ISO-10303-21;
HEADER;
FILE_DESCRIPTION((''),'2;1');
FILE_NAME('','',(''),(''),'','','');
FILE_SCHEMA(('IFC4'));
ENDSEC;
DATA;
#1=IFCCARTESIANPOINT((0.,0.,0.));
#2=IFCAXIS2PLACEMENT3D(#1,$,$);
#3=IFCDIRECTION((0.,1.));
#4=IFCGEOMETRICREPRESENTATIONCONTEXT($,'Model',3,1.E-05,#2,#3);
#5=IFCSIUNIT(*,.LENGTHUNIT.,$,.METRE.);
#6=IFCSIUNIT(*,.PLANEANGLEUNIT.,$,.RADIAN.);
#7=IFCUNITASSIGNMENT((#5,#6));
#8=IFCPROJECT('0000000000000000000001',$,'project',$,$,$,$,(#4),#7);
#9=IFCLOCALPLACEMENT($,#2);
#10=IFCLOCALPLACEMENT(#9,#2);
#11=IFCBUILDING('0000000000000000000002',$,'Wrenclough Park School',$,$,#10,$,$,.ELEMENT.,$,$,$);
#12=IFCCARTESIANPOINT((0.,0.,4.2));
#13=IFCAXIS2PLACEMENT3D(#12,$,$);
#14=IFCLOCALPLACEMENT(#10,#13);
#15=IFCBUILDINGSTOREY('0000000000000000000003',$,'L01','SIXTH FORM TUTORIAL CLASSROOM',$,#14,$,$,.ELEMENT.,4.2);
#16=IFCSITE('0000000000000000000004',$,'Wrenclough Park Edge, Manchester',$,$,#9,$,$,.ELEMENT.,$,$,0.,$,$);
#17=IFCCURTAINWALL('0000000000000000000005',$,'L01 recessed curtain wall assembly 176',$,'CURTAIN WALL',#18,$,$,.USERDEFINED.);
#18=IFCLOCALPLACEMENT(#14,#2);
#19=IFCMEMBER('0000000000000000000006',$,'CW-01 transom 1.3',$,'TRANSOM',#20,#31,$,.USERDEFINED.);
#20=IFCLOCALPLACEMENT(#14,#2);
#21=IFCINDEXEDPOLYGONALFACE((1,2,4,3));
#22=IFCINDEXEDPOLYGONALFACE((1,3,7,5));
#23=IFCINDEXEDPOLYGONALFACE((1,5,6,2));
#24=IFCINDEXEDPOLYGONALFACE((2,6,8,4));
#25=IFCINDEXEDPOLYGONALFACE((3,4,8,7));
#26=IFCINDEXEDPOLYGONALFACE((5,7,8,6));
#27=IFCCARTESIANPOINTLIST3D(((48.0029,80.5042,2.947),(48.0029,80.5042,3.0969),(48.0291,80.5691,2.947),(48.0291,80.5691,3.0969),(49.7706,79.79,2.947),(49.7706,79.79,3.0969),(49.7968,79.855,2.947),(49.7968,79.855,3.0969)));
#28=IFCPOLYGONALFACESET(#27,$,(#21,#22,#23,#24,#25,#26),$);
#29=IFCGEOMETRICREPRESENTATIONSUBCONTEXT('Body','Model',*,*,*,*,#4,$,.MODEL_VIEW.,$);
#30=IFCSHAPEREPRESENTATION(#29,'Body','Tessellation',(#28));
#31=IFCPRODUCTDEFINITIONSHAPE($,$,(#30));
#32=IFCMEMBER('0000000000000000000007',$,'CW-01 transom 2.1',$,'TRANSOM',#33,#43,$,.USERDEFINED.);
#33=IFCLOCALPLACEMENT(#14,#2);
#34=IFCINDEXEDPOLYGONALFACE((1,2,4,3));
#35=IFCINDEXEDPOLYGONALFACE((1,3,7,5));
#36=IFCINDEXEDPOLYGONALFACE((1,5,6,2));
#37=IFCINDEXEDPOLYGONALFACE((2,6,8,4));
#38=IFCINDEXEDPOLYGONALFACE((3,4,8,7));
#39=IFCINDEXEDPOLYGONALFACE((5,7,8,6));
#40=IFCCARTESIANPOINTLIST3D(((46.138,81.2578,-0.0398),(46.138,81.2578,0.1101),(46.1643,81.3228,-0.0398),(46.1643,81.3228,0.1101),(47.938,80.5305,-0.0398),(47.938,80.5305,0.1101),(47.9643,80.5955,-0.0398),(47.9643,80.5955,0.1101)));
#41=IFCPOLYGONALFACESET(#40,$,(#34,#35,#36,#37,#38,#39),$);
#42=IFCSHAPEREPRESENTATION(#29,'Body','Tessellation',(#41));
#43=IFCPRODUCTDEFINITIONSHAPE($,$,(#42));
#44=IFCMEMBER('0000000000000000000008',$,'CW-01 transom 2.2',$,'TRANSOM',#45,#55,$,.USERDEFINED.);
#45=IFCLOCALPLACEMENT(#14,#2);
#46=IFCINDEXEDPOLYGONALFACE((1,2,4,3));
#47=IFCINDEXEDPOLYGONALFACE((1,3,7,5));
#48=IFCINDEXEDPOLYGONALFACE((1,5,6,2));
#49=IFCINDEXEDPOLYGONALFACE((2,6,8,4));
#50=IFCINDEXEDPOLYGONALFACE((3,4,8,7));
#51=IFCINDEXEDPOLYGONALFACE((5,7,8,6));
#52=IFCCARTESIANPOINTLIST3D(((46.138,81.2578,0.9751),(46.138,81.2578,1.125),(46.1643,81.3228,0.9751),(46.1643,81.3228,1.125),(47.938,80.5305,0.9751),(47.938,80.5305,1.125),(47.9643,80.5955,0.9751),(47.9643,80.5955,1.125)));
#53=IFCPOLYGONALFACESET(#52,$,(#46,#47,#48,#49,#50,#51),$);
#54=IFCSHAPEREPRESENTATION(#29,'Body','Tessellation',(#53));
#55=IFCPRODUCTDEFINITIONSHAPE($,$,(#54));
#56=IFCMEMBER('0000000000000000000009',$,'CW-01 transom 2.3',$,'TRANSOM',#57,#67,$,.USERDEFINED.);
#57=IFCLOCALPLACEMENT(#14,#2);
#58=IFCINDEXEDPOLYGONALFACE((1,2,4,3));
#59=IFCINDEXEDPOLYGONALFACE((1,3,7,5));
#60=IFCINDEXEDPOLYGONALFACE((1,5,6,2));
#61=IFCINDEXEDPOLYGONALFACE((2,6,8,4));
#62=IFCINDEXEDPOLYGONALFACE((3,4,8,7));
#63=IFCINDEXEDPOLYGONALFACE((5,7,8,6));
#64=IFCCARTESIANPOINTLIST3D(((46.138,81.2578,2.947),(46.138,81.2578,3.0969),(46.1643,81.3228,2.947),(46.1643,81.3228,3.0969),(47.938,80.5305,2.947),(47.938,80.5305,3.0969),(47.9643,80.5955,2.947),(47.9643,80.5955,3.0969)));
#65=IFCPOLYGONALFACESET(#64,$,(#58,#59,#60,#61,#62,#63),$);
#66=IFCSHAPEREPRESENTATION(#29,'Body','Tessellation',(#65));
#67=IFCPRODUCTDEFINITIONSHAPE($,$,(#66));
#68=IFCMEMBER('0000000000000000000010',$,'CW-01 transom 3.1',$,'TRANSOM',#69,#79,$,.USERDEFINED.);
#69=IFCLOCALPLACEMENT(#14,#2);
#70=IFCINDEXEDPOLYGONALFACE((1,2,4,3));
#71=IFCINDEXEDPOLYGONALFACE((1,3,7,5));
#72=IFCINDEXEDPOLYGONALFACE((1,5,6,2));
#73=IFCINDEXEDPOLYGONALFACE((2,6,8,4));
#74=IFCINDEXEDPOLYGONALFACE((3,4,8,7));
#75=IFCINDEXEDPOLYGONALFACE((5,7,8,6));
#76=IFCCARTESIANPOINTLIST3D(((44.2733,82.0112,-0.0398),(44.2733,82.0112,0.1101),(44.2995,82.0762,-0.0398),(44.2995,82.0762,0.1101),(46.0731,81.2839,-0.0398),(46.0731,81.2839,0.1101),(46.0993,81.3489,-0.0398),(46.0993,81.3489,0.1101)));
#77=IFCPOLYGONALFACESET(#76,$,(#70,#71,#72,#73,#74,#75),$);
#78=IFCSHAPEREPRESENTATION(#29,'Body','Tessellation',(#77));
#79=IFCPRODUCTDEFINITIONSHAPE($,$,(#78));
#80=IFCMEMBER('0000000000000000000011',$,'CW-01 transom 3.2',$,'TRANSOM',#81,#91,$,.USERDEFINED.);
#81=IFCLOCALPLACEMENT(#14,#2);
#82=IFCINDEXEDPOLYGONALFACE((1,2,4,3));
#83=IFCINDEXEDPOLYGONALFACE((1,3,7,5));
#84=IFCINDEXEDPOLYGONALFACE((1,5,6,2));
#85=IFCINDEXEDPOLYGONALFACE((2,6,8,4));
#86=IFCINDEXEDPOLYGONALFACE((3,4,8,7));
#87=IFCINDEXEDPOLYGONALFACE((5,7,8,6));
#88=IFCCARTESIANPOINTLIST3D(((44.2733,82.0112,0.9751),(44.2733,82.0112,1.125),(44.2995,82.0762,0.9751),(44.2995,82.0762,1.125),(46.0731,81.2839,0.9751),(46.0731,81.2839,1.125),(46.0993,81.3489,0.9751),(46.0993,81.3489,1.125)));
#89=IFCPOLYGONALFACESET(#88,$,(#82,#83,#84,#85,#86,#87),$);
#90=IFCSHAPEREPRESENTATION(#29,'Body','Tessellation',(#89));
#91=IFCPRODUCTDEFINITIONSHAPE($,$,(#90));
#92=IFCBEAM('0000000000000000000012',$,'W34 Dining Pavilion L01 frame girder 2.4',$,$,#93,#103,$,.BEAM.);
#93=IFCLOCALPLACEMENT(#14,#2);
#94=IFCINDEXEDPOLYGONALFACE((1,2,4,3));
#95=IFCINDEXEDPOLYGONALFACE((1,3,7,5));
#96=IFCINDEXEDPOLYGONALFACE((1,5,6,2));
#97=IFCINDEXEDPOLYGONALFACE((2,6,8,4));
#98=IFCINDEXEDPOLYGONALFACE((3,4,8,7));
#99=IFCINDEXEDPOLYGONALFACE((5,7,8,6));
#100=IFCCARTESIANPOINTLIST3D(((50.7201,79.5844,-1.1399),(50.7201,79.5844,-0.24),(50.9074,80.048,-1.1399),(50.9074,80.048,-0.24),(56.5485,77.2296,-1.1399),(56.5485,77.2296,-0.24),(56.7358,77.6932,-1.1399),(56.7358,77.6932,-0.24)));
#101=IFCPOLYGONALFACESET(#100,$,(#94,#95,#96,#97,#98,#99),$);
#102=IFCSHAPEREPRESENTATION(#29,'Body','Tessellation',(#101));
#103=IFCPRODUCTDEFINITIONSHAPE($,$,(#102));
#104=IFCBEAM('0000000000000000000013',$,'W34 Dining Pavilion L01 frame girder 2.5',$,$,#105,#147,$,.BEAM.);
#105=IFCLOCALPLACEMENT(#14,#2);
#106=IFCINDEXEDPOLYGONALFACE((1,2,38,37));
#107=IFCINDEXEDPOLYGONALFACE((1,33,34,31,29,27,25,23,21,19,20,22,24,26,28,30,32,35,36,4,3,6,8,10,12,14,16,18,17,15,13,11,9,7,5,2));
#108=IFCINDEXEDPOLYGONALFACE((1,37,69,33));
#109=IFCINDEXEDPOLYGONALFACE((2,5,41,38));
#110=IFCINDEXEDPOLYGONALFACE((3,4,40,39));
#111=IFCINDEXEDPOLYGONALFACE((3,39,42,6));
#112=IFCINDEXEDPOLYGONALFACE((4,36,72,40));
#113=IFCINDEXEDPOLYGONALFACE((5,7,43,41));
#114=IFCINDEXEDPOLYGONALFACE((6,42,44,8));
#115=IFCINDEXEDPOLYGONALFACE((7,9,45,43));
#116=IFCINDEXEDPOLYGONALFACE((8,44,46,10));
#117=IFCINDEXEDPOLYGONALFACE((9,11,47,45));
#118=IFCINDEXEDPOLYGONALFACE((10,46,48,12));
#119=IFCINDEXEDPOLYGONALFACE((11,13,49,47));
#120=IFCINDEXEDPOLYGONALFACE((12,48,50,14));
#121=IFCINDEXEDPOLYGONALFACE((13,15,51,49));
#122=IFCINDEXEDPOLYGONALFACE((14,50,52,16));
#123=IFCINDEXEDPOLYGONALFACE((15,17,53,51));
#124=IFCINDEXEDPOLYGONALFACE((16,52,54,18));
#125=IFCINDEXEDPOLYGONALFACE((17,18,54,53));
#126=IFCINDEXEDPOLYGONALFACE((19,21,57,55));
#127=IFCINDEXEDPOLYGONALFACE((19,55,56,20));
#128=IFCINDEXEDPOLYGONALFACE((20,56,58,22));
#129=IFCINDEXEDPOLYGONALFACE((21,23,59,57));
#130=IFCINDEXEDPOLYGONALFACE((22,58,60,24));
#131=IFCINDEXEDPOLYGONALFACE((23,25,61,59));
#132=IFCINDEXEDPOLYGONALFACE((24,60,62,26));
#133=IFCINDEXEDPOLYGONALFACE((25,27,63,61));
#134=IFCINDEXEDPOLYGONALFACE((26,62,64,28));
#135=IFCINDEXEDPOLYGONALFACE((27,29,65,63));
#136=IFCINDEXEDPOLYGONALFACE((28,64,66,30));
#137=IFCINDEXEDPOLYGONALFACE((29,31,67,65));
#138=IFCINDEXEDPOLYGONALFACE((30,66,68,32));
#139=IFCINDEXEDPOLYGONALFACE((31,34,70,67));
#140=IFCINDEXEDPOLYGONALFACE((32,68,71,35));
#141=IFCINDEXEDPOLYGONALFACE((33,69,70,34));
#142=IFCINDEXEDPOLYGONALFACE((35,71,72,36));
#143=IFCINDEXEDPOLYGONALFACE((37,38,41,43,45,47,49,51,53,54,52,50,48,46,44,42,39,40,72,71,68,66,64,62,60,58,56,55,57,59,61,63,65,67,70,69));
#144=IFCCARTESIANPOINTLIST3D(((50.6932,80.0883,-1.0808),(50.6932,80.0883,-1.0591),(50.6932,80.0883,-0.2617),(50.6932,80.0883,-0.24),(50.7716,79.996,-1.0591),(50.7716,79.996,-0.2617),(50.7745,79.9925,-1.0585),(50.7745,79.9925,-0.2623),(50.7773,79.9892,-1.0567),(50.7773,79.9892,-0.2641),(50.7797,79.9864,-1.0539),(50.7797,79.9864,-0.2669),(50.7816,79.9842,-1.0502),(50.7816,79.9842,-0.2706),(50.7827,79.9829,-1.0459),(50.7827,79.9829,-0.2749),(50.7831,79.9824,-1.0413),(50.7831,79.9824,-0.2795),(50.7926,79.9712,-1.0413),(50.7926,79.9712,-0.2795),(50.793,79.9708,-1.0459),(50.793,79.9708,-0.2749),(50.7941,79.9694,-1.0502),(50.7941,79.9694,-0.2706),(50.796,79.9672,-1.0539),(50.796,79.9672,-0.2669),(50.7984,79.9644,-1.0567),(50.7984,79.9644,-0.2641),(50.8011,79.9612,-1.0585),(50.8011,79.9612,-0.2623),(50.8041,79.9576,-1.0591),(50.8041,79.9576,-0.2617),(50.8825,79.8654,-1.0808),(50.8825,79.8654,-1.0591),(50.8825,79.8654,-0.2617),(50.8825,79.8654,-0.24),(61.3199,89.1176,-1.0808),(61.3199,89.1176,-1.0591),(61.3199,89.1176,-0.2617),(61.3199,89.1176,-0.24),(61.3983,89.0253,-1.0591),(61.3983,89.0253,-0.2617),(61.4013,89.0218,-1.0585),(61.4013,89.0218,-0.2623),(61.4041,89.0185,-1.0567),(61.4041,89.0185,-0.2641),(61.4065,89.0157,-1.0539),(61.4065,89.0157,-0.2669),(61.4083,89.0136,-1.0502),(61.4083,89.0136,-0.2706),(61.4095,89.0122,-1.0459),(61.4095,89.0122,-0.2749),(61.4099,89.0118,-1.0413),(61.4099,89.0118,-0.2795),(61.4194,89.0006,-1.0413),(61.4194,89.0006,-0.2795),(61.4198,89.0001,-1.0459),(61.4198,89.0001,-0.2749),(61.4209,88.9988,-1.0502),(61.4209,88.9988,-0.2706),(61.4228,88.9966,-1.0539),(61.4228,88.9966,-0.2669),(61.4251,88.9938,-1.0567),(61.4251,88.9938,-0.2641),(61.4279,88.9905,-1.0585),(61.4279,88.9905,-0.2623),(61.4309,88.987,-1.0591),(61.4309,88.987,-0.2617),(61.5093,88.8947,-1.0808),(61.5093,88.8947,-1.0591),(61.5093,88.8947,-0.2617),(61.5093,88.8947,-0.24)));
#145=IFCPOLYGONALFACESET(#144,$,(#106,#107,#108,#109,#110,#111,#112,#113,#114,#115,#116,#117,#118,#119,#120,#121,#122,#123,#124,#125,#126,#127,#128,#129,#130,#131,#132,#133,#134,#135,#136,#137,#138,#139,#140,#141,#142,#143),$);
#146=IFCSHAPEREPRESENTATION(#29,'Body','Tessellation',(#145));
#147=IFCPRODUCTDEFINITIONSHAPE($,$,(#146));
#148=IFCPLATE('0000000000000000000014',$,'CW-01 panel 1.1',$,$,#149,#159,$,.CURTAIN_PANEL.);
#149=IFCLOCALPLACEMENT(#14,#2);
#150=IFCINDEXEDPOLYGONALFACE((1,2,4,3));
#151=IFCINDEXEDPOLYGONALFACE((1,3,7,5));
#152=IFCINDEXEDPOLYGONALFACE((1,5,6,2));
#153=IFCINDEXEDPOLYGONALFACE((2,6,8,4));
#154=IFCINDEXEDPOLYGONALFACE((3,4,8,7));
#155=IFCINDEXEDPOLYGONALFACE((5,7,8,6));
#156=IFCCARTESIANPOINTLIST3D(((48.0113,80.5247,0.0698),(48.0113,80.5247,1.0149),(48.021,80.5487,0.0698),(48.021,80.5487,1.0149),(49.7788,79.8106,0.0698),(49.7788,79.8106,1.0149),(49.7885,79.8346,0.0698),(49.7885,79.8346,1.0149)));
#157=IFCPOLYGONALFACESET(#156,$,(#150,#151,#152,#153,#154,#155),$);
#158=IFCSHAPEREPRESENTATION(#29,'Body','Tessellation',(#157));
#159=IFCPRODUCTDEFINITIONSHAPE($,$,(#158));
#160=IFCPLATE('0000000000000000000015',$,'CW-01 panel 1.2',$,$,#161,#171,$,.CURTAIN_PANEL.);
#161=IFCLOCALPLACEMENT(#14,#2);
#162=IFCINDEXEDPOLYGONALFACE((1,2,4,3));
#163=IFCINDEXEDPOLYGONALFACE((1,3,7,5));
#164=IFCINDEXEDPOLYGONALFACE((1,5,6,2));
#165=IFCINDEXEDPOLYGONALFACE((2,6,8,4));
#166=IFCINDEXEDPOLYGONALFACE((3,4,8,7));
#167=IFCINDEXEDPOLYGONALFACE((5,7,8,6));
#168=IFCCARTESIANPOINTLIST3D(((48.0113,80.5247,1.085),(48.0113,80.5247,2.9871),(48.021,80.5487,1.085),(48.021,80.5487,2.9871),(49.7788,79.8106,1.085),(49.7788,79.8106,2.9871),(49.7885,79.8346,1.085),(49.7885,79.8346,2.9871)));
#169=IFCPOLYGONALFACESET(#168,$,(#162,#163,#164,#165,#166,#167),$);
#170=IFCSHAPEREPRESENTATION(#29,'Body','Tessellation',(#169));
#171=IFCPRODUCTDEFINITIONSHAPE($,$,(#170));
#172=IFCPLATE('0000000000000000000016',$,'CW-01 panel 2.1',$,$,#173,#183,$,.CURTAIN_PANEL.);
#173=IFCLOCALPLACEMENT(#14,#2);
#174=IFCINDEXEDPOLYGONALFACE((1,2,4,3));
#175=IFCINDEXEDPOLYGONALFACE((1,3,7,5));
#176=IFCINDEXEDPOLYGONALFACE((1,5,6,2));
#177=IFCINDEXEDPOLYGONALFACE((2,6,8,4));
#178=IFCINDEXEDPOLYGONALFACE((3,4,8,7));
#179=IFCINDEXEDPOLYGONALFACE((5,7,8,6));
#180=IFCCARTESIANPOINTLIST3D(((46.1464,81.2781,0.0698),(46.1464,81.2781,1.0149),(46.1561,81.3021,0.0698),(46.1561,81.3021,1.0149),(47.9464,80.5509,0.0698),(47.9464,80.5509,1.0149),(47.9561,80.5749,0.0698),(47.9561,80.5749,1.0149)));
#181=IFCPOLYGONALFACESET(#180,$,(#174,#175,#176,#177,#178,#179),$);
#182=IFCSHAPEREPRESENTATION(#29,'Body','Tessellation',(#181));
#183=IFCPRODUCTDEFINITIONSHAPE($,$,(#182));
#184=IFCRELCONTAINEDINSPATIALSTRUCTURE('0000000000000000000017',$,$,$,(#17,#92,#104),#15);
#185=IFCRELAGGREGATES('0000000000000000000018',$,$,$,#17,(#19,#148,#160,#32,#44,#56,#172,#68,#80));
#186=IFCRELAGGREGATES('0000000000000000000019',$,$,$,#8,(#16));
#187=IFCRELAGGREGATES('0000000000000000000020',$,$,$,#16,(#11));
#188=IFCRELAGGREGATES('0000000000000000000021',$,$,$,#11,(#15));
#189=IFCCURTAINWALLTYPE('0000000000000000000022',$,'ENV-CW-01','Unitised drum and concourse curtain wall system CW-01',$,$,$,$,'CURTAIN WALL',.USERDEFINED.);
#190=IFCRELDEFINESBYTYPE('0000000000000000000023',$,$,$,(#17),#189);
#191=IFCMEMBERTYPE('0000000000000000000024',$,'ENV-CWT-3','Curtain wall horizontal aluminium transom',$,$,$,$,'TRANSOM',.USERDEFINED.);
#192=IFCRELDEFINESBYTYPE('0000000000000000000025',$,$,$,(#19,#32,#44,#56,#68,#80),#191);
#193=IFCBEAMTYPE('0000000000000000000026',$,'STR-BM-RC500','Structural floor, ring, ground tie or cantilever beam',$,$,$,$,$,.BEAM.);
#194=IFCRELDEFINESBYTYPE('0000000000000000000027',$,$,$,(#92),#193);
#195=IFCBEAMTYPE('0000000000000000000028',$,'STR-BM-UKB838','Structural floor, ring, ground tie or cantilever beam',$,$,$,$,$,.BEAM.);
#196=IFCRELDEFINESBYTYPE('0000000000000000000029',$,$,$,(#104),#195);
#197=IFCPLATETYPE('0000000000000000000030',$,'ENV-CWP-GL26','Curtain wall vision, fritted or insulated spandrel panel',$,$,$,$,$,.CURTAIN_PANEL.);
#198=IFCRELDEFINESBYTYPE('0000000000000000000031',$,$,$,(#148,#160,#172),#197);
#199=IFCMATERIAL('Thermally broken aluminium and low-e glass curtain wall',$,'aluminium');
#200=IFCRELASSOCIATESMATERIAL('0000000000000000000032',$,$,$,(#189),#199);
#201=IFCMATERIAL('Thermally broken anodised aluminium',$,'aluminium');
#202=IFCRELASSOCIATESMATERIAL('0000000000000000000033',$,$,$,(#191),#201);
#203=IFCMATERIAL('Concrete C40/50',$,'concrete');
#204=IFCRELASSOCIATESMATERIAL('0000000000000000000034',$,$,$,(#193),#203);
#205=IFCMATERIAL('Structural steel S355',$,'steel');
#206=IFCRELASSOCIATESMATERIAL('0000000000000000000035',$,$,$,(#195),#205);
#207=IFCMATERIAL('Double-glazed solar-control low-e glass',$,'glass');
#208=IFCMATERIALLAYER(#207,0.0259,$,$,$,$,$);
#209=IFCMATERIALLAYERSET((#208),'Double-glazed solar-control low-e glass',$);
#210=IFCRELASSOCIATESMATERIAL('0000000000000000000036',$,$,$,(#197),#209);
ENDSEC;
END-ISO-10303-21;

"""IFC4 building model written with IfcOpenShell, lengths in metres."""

from ifc_helpers import new_model, si_unit, direction, frame, origin, origin_2d, place, context, subcontext, project, spatial, rectangle, i_section, extrude, material, layer, layer_set, material_profile, profile_set, type_object, element, aggregate, save


model = new_model("IFC4")

# Units and contexts
model_context = context("Model", 3, precision=1e-05, world=origin(), true_north=direction((0.0, 1.0)))
body_context = subcontext(model_context, "Body", "Model", "MODEL_VIEW")
ifc_project = project(units=[si_unit("LENGTHUNIT", "METRE"), si_unit("PLANEANGLEUNIT", "RADIAN")], contexts=[model_context])

# Site, building, storey
site_placement = place(None, origin())
site = spatial("IfcSite", under=ifc_project, at=site_placement, Name="Wrenclough Park Edge, Manchester", CompositionType="ELEMENT", RefElevation=0.0)
building_placement = place(site_placement, origin())
building = spatial("IfcBuilding", under=site, at=building_placement, Name="Wrenclough Park School", CompositionType="ELEMENT")
storey_placement = place(building_placement, frame((0.0, 0.0, 4.2)))
storey = spatial("IfcBuildingStorey", under=building, at=storey_placement, Name="L01", Description="SIXTH FORM TUTORIAL CLASSROOM", CompositionType="ELEMENT", Elevation=4.2)

# Shared definitions
ifc_material_1 = material(Name="Structural steel S355", Category="steel")

# Curtain wall
ifc_material_2 = material(Name="Thermally broken aluminium and low-e glass curtain wall", Category="aluminium")
ifc_material_3 = material(Name="Thermally broken anodised aluminium", Category="aluminium")
curtain_wall_type_1 = type_object("IfcCurtainWallType", Name="ENV-CW-01", Description="Unitised drum and concourse curtain wall system CW-01", ElementType="CURTAIN WALL", PredefinedType="USERDEFINED", material=ifc_material_2)
curtain_wall_1_placement = place(storey_placement, origin())
curtain_wall_1 = element("IfcCurtainWall", 1, at=curtain_wall_1_placement, inside=storey, type_object=curtain_wall_type_1, Name="L01 recessed curtain wall assembly 176", ObjectType="CURTAIN WALL", PredefinedType="USERDEFINED")

# Members
ifc_material_profile_1 = material_profile(ifc_material_3, rectangle(XDim=0.0701, YDim=0.1499, at=origin_2d()), Name="AL TRANSOM 70x150")
ifc_profile_set_1 = profile_set([ifc_material_profile_1], Name="Thermally broken anodised aluminium")
member_type_1 = type_object("IfcMemberType", Name="ENV-CWT-3", Description="Curtain wall horizontal aluminium transom", ElementType="TRANSOM", PredefinedType="USERDEFINED", material=ifc_profile_set_1)
member_1_placement = place(storey_placement, frame((49.7837, 79.8225, 3.022), z_axis=(-0.927191, 0.37459, 0.0), x_axis=(-0.37459, -0.927191, 0.0)))
member_1 = element("IfcMember", 2, at=member_1_placement, type_object=member_type_1, Name="CW-01 transom 1.3", ObjectType="TRANSOM", PredefinedType="USERDEFINED", context=body_context, shape_type="SweptSolid", body=[
    extrude(rectangle(XDim=0.0701, YDim=0.1499, at=origin_2d()), origin(), (0.0, 0.0, 1.0), 1.9065),
])
member_2_placement = place(storey_placement, frame((47.9512, 80.563, 0.0352), z_axis=(-0.927179, 0.374619, 0.0), x_axis=(-0.374619, -0.927179, 0.0)))
member_2 = element("IfcMember", 3, at=member_2_placement, type_object=member_type_1, Name="CW-01 transom 2.1", ObjectType="TRANSOM", PredefinedType="USERDEFINED", context=body_context, shape_type="SweptSolid", body=[
    extrude(rectangle(XDim=0.0701, YDim=0.1499, at=origin_2d()), origin(), (0.0, 0.0, 1.0), 1.9414),
])
member_3_placement = place(storey_placement, frame((47.9512, 80.563, 1.05), z_axis=(-0.927179, 0.374619, 0.0), x_axis=(-0.374619, -0.927179, 0.0)))
member_3 = element("IfcMember", 4, at=member_3_placement, type_object=member_type_1, Name="CW-01 transom 2.2", ObjectType="TRANSOM", PredefinedType="USERDEFINED", context=body_context, shape_type="SweptSolid", body=[
    extrude(rectangle(XDim=0.0701, YDim=0.1499, at=origin_2d()), origin(), (0.0, 0.0, 1.0), 1.9414),
])
member_4_placement = place(storey_placement, frame((47.9512, 80.563, 3.022), z_axis=(-0.927179, 0.374619, 0.0), x_axis=(-0.374619, -0.927179, 0.0)))
member_4 = element("IfcMember", 5, at=member_4_placement, type_object=member_type_1, Name="CW-01 transom 2.3", ObjectType="TRANSOM", PredefinedType="USERDEFINED", context=body_context, shape_type="SweptSolid", body=[
    extrude(rectangle(XDim=0.0701, YDim=0.1499, at=origin_2d()), origin(), (0.0, 0.0, 1.0), 1.9414),
])
member_5_placement = place(storey_placement, frame((46.0862, 81.3164, 0.0352), z_axis=(-0.927161, 0.374663, 0.0), x_axis=(-0.374663, -0.927161, 0.0)))
member_5 = element("IfcMember", 6, at=member_5_placement, type_object=member_type_1, Name="CW-01 transom 3.1", ObjectType="TRANSOM", PredefinedType="USERDEFINED", context=body_context, shape_type="SweptSolid", body=[
    extrude(rectangle(XDim=0.0701, YDim=0.1499, at=origin_2d()), origin(), (0.0, 0.0, 1.0), 1.9412),
])
member_6_placement = place(storey_placement, frame((46.0862, 81.3164, 1.05), z_axis=(-0.927161, 0.374663, 0.0), x_axis=(-0.374663, -0.927161, 0.0)))
member_6 = element("IfcMember", 7, at=member_6_placement, type_object=member_type_1, Name="CW-01 transom 3.2", ObjectType="TRANSOM", PredefinedType="USERDEFINED", context=body_context, shape_type="SweptSolid", body=[
    extrude(rectangle(XDim=0.0701, YDim=0.1499, at=origin_2d()), origin(), (0.0, 0.0, 1.0), 1.9412),
])

# Beams
ifc_material_4 = material(Name="Concrete C40/50", Category="concrete")
ifc_material_profile_2 = material_profile(ifc_material_4, rectangle(XDim=0.5, YDim=0.8999, at=origin_2d()), Name="RC BEAM 500x900")
ifc_profile_set_2 = profile_set([ifc_material_profile_2], Name="Concrete C40/50")
beam_type_1 = type_object("IfcBeamType", Name="STR-BM-RC500", Description="Structural floor, ring, ground tie or cantilever beam", PredefinedType="BEAM", material=ifc_profile_set_2)
beam_1_placement = place(storey_placement, frame((50.8137, 79.8162, -0.6899), z_axis=(0.927188, -0.374596, 0.0), x_axis=(0.374596, 0.927188, 0.0)))
element("IfcBeam", 8, at=beam_1_placement, inside=storey, type_object=beam_type_1, Name="W34 Dining Pavilion L01 frame girder 2.4", PredefinedType="BEAM", context=body_context, shape_type="SweptSolid", body=[
    extrude(rectangle(XDim=0.5, YDim=0.8999, at=origin_2d()), origin(), (0.0, 0.0, 1.0), 6.2861),
])
ifc_material_profile_3 = material_profile(ifc_material_1, i_section(OverallWidth=0.2925, OverallDepth=0.8408, WebThickness=0.0146, FlangeThickness=0.0217, FilletRadius=0.0178, at=origin_2d()), Name="UKB 838x292x194")
ifc_profile_set_3 = profile_set([ifc_material_profile_3], Name="Structural steel S355")
beam_type_2 = type_object("IfcBeamType", Name="STR-BM-UKB838", Description="Structural floor, ring, ground tie or cantilever beam", PredefinedType="BEAM", material=ifc_profile_set_3)
beam_2_placement = place(storey_placement, frame((50.7878, 79.9768, -0.6604), z_axis=(0.76206, 0.647507, 0.0), x_axis=(-0.647507, 0.76206, 0.0)))
element("IfcBeam", 9, at=beam_2_placement, inside=storey, type_object=beam_type_2, Name="W34 Dining Pavilion L01 frame girder 2.5", PredefinedType="BEAM", context=body_context, shape_type="SweptSolid", body=[
    extrude(i_section(OverallWidth=0.2925, OverallDepth=0.8408, WebThickness=0.0146, FlangeThickness=0.0217, FilletRadius=0.0178, at=origin_2d()), origin(), (0.0, 0.0, 1.0), 13.9448),
])

# Plates
ifc_material_5 = material(Name="Double-glazed solar-control low-e glass", Category="glass")
ifc_layer_1 = layer(ifc_material_5, 0.0259)
ifc_layer_set_1 = layer_set([ifc_layer_1], Name="Double-glazed solar-control low-e glass")
plate_type_1 = type_object("IfcPlateType", Name="ENV-CWP-GL26", Description="Curtain wall vision, fritted or insulated spandrel panel", PredefinedType="CURTAIN_PANEL", material=ifc_layer_set_1)
plate_1_placement = place(storey_placement, frame((48.8999, 80.1797, 0.0698), z_axis=(0.0, 0.0, 1.0), x_axis=(-0.927185, 0.374603, 0.0)))
plate_1 = element("IfcPlate", 10, at=plate_1_placement, type_object=plate_type_1, Name="CW-01 panel 1.1", PredefinedType="CURTAIN_PANEL", context=body_context, shape_type="SweptSolid", body=[
    extrude(rectangle(XDim=1.9062, YDim=0.0259, at=origin_2d()), origin(), (0.0, 0.0, 1.0), 0.9451),
])
plate_2_placement = place(storey_placement, frame((48.8999, 80.1797, 1.085), z_axis=(0.0, 0.0, 1.0), x_axis=(-0.927185, 0.374603, 0.0)))
plate_2 = element("IfcPlate", 11, at=plate_2_placement, type_object=plate_type_1, Name="CW-01 panel 1.2", PredefinedType="CURTAIN_PANEL", context=body_context, shape_type="SweptSolid", body=[
    extrude(rectangle(XDim=1.9062, YDim=0.0259, at=origin_2d()), origin(), (0.0, 0.0, 1.0), 1.9021),
])
plate_3_placement = place(storey_placement, frame((47.0513, 80.9265, 0.0698), z_axis=(0.0, 0.0, 1.0), x_axis=(-0.927185, 0.374603, 0.0)))
plate_3 = element("IfcPlate", 12, at=plate_3_placement, type_object=plate_type_1, Name="CW-01 panel 2.1", PredefinedType="CURTAIN_PANEL", context=body_context, shape_type="SweptSolid", body=[
    extrude(rectangle(XDim=1.9414, YDim=0.0259, at=origin_2d()), origin(), (0.0, 0.0, 1.0), 0.9451),
])
aggregate(curtain_wall_1, [member_1, plate_1, plate_2, member_2, member_3, member_4, plate_3, member_5, member_6])

save(model, "model.ifc")
